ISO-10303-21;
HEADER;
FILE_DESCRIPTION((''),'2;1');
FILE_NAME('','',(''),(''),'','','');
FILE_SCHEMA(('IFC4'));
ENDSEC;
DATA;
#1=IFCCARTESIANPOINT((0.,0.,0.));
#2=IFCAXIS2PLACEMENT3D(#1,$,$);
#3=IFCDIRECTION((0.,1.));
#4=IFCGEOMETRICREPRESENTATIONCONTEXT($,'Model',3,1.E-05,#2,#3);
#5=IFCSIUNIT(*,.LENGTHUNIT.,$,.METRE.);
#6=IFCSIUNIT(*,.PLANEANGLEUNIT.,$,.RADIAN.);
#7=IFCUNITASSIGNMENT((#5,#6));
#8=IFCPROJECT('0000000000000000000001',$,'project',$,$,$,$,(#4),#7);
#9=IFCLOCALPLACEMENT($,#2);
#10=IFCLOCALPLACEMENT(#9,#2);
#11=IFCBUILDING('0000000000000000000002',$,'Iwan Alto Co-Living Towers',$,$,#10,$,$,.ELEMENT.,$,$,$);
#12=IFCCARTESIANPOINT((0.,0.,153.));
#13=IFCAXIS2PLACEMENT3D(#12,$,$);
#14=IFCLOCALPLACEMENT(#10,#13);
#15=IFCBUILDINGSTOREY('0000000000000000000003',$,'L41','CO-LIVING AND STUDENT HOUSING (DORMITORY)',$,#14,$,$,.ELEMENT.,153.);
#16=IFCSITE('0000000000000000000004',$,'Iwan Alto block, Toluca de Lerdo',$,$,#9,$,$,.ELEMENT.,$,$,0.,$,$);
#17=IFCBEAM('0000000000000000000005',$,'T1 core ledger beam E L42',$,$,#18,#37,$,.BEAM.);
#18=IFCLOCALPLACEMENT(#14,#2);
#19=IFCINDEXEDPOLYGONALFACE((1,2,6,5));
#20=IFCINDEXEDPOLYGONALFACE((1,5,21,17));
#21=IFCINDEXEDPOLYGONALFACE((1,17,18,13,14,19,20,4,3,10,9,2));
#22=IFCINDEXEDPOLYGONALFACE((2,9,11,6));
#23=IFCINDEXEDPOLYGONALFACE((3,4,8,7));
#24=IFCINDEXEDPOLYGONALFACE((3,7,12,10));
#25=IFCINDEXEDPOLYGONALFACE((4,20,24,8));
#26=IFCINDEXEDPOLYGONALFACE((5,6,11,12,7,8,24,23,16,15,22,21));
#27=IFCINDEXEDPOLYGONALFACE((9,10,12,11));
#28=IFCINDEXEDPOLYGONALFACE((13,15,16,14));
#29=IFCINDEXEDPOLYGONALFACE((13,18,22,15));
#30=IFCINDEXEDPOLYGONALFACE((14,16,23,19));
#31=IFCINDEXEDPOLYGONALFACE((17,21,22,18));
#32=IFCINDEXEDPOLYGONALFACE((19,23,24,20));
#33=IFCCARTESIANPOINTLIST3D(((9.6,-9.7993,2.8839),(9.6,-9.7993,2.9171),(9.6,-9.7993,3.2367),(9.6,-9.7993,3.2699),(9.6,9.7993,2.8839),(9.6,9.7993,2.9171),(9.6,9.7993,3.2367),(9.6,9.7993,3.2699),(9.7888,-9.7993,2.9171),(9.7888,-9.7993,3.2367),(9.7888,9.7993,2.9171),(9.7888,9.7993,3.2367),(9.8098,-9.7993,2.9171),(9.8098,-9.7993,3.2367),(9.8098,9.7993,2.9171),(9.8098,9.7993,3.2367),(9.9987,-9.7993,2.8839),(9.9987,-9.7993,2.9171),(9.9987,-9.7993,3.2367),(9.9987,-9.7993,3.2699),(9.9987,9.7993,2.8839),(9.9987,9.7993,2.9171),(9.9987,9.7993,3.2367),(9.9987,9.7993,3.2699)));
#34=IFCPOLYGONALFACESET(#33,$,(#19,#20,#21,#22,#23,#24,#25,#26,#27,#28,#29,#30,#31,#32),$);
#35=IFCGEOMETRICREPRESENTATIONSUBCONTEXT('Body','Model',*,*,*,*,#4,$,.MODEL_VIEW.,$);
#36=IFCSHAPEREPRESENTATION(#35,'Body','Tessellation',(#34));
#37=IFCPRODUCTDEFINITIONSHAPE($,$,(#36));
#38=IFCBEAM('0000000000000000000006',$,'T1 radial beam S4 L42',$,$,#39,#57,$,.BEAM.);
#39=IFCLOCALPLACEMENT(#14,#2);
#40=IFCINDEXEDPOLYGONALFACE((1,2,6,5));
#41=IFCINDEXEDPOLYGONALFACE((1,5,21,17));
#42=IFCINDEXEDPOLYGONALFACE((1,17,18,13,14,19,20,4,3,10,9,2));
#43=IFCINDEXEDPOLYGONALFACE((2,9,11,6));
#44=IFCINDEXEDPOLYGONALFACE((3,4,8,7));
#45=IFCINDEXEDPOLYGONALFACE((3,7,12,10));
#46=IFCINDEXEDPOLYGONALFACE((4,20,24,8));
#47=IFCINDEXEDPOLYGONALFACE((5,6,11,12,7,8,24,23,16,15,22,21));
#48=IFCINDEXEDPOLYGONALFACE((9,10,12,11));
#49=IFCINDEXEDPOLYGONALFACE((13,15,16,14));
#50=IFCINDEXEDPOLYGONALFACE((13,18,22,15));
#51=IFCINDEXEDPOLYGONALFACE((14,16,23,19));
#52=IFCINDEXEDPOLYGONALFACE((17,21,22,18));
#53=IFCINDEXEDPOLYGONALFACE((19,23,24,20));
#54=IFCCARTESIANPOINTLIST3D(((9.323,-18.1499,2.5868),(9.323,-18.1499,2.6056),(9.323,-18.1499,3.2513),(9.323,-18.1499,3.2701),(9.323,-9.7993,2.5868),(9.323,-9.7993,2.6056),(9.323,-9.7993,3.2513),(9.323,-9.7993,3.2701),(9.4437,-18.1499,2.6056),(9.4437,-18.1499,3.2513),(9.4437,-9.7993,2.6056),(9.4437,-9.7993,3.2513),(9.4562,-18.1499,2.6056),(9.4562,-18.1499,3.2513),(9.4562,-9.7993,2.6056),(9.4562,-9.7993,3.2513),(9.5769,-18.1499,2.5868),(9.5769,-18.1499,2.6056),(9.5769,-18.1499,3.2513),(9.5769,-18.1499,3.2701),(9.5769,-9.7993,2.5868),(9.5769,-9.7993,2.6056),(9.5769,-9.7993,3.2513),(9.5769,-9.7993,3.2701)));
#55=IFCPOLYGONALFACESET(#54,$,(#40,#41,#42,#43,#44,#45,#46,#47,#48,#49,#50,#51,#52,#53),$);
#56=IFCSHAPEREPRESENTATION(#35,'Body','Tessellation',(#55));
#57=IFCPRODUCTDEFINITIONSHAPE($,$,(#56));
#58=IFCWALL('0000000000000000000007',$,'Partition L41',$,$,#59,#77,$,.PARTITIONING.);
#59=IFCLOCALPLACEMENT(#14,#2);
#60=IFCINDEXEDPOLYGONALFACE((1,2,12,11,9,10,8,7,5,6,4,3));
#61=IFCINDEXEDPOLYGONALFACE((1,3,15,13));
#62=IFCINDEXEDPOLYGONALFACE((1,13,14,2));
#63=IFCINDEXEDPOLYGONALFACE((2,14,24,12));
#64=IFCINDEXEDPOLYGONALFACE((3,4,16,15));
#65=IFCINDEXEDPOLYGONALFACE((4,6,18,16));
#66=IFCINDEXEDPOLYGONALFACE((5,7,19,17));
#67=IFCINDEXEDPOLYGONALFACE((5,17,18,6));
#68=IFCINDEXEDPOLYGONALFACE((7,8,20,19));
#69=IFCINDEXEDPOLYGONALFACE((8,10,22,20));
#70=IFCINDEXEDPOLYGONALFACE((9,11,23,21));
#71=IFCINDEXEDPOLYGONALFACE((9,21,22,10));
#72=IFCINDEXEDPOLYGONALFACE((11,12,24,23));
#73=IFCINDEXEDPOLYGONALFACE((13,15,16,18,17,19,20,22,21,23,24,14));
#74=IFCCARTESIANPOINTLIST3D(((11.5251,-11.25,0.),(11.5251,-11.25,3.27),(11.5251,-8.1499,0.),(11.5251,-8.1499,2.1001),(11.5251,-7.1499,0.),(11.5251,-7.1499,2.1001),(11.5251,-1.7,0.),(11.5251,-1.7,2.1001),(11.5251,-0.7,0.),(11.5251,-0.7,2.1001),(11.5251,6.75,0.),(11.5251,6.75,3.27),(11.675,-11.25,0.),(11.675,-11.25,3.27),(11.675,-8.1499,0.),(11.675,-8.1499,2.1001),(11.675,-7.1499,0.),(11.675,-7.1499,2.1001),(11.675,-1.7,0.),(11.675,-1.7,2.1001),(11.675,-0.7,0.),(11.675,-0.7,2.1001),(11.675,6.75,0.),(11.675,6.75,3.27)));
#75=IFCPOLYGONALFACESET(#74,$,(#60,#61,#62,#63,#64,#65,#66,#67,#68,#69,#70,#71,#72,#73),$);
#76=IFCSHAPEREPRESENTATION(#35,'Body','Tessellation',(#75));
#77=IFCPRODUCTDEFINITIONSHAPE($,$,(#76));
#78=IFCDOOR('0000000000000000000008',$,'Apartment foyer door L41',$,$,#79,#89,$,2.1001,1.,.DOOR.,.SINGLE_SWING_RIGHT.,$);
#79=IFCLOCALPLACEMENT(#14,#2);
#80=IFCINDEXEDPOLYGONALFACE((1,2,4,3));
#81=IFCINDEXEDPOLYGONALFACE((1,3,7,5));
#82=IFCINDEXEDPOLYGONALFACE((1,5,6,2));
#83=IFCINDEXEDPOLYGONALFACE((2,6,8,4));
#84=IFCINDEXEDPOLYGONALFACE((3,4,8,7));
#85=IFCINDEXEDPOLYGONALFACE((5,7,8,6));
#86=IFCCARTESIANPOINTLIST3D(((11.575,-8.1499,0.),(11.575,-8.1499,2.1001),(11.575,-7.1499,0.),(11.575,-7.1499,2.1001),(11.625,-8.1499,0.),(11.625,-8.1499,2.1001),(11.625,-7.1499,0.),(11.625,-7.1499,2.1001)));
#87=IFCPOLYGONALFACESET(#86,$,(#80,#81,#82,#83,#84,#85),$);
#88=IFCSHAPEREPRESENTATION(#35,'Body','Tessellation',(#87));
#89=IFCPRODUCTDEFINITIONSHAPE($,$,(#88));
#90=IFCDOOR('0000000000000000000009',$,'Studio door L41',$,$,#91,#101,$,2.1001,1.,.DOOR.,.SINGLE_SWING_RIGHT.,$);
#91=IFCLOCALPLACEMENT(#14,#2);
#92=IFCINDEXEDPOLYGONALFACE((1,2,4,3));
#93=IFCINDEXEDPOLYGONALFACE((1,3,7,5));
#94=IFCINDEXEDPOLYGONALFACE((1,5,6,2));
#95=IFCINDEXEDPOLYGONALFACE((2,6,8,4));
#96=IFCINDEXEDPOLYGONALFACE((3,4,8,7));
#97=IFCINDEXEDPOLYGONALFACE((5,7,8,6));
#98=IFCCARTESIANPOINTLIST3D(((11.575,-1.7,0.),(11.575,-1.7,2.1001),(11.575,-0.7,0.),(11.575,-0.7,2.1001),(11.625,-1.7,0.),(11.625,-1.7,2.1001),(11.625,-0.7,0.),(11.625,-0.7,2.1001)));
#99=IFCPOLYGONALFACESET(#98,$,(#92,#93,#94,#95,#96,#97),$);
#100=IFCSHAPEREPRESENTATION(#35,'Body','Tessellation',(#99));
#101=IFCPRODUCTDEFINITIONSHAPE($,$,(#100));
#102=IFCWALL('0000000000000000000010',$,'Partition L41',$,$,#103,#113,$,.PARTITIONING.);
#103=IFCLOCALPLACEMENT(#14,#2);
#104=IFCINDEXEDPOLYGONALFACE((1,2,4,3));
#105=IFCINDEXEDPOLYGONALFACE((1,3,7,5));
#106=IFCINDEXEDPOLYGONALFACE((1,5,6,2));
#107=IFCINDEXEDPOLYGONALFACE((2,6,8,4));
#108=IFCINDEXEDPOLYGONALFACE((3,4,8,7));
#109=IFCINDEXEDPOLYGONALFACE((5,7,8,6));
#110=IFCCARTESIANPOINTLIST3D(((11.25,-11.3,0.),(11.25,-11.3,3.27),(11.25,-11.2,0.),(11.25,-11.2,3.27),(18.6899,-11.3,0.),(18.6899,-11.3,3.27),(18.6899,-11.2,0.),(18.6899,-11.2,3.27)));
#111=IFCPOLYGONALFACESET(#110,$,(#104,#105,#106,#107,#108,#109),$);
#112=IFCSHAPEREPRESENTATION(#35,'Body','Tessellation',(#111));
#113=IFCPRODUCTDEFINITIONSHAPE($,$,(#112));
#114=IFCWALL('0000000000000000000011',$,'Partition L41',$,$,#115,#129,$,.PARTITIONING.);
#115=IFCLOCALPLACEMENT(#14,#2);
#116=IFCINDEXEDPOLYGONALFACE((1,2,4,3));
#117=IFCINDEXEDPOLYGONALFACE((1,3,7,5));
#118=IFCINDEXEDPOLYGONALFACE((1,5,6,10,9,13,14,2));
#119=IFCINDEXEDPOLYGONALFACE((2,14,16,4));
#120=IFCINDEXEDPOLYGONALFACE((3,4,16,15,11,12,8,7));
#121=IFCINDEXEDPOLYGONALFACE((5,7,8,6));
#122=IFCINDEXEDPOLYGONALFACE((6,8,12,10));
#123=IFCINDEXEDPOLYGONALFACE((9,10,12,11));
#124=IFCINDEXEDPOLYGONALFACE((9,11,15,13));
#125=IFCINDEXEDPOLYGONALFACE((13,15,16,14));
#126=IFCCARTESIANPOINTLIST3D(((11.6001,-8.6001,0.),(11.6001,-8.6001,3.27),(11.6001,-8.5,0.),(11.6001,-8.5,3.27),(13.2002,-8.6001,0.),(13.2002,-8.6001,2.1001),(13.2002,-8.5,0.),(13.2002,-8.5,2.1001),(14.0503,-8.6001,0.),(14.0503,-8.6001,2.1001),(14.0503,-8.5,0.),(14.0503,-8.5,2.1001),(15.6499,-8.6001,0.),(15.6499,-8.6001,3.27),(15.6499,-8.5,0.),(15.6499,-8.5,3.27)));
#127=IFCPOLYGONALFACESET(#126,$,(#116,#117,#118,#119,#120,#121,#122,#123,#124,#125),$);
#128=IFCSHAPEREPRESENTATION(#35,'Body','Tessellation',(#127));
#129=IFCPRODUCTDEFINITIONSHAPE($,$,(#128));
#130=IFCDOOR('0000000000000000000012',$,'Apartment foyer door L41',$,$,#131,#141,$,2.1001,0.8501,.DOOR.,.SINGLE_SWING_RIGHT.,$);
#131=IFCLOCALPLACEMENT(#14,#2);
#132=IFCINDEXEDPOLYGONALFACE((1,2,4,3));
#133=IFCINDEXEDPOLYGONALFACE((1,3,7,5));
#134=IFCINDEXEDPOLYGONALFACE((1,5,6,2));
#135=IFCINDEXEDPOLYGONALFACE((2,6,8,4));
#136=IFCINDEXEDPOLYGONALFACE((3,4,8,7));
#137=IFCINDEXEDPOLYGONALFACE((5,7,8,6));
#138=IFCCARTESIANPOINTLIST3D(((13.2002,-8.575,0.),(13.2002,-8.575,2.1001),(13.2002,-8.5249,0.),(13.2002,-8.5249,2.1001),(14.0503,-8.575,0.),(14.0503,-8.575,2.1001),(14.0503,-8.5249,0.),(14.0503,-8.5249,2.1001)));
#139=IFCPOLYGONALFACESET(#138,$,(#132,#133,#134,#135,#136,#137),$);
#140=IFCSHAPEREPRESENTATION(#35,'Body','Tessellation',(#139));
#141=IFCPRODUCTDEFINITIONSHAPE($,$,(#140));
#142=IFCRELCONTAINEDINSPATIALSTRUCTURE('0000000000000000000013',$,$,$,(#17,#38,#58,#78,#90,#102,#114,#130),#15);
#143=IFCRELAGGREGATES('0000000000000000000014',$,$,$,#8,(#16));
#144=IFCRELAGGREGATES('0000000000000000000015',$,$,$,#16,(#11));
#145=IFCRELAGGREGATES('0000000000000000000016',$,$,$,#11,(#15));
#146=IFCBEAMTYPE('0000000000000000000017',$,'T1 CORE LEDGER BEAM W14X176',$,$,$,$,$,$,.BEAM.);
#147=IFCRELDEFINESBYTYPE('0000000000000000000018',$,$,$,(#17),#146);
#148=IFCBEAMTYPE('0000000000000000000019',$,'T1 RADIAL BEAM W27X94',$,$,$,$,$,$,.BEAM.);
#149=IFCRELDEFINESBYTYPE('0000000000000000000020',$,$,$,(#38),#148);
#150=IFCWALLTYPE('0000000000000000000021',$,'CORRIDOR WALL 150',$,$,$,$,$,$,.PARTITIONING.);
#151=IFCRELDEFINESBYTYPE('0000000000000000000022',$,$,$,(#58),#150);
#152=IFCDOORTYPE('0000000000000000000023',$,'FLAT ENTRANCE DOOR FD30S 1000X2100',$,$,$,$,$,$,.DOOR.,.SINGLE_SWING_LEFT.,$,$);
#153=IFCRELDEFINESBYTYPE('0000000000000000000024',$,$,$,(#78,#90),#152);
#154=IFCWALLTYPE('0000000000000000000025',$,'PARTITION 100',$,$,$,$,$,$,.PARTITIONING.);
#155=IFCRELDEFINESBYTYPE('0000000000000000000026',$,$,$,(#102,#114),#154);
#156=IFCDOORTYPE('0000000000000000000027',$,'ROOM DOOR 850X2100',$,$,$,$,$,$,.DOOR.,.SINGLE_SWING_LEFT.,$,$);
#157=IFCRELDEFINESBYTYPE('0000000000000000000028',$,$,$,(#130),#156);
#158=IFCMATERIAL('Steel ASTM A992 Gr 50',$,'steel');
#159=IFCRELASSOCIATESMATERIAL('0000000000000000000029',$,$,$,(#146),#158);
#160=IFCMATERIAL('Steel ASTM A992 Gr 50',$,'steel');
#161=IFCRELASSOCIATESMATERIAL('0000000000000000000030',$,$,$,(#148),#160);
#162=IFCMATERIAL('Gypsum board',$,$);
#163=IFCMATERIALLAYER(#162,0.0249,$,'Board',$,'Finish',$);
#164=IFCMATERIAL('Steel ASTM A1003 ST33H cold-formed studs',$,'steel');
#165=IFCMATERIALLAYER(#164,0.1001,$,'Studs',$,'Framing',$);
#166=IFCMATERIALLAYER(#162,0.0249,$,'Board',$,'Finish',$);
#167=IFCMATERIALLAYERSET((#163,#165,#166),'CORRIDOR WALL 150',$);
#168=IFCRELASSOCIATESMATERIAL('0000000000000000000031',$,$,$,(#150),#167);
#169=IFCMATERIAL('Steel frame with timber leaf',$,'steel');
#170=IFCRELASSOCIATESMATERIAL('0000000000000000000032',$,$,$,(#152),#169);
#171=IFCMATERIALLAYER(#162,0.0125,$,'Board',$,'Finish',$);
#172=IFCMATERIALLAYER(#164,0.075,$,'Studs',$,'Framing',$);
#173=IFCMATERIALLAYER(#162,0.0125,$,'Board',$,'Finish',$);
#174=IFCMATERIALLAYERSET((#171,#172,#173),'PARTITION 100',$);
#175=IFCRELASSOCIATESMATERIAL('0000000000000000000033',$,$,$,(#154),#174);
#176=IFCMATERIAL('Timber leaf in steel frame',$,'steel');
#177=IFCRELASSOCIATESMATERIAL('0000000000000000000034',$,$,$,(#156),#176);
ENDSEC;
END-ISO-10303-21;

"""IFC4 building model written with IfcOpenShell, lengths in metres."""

from ifc_helpers import new_model, si_unit, direction, frame, frame_2d, origin, origin_2d, place, context, subcontext, project, spatial, rectangle, i_section, extrude, material, layer, layer_set, material_profile, profile_set, type_object, element, fill, save


model = new_model("IFC4")

# Units and contexts
model_context = context("Model", 3, precision=1e-05, world=origin(), true_north=direction((0.0, 1.0)))
body_context = subcontext(model_context, "Body", "Model", "MODEL_VIEW")
ifc_project = project(units=[si_unit("LENGTHUNIT", "METRE"), si_unit("PLANEANGLEUNIT", "RADIAN")], contexts=[model_context])

# Site, building, storey
site_placement = place(None, origin())
site = spatial("IfcSite", under=ifc_project, at=site_placement, Name="Iwan Alto block, Toluca de Lerdo", CompositionType="ELEMENT", RefElevation=0.0)
building_placement = place(site_placement, origin())
building = spatial("IfcBuilding", under=site, at=building_placement, Name="Iwan Alto Co-Living Towers", CompositionType="ELEMENT")
storey_placement = place(building_placement, frame((0.0, 0.0, 153.0)))
storey = spatial("IfcBuildingStorey", under=building, at=storey_placement, Name="L41", Description="CO-LIVING AND STUDENT HOUSING (DORMITORY)", CompositionType="ELEMENT", Elevation=153.0)

# Beams
ifc_material_1 = material(Name="Steel ASTM A992 Gr 50", Category="steel")
ifc_material_profile_1 = material_profile(ifc_material_1, i_section(OverallWidth=0.3987, OverallDepth=0.386, WebThickness=0.021, FlangeThickness=0.0332, at=origin_2d()), Name="W14X176")
ifc_profile_set_1 = profile_set([ifc_material_profile_1], Name="Steel ASTM A992 Gr 50")
beam_type_1 = type_object("IfcBeamType", Name="T1 CORE LEDGER BEAM W14X176", PredefinedType="BEAM", material=ifc_profile_set_1)
beam_1_placement = place(storey_placement, frame((9.7993, -9.7993, 3.0769), z_axis=(0.0, 1.0, 0.0), x_axis=(-1.0, 0.0, 0.0)))
element("IfcBeam", 1, at=beam_1_placement, inside=storey, type_object=beam_type_1, Name="T1 core ledger beam E L42", PredefinedType="BEAM", context=body_context, shape_type="SweptSolid", body=[
    extrude(i_section(OverallWidth=0.3987, OverallDepth=0.386, WebThickness=0.021, FlangeThickness=0.0332, at=origin_2d()), origin(), (0.0, 0.0, 1.0), 19.5986),
])
ifc_material_2 = material(Name="Steel ASTM A992 Gr 50", Category="steel")
ifc_material_profile_2 = material_profile(ifc_material_2, i_section(OverallWidth=0.2539, OverallDepth=0.6833, WebThickness=0.0125, FlangeThickness=0.0188, at=origin_2d()), Name="W27X94")
ifc_profile_set_2 = profile_set([ifc_material_profile_2], Name="Steel ASTM A992 Gr 50")
beam_type_2 = type_object("IfcBeamType", Name="T1 RADIAL BEAM W27X94", PredefinedType="BEAM", material=ifc_profile_set_2)
beam_2_placement = place(storey_placement, frame((9.45, -18.1499, 2.9285), z_axis=(0.0, 1.0, 0.0), x_axis=(-1.0, 0.0, 0.0)))
element("IfcBeam", 2, at=beam_2_placement, inside=storey, type_object=beam_type_2, Name="T1 radial beam S4 L42", PredefinedType="BEAM", context=body_context, shape_type="SweptSolid", body=[
    extrude(i_section(OverallWidth=0.2539, OverallDepth=0.6833, WebThickness=0.0125, FlangeThickness=0.0188, at=origin_2d()), origin(), (0.0, 0.0, 1.0), 8.3506),
])

# Wall, openings, doors
ifc_material_3 = material(Name="Gypsum board")
ifc_layer_1 = layer(ifc_material_3, 0.0249, Name="Board", Category="Finish")
ifc_material_4 = material(Name="Steel ASTM A1003 ST33H cold-formed studs", Category="steel")
ifc_layer_2 = layer(ifc_material_4, 0.1001, Name="Studs", Category="Framing")
ifc_layer_3 = layer(ifc_material_3, 0.0249, Name="Board", Category="Finish")
ifc_layer_set_1 = layer_set([ifc_layer_1, ifc_layer_2, ifc_layer_3], Name="CORRIDOR WALL 150")
wall_type_1 = type_object("IfcWallType", Name="CORRIDOR WALL 150", PredefinedType="PARTITIONING", material=ifc_layer_set_1)
wall_1_placement = place(storey_placement, frame((11.6001, -11.25, 0.0), z_axis=(0.0, 0.0, 1.0), x_axis=(0.0, 1.0, 0.0)))
wall_1 = element("IfcWall", 3, at=wall_1_placement, inside=storey, type_object=wall_type_1, Name="Partition L41", PredefinedType="PARTITIONING", context=body_context, shape_type="SweptSolid", body=[
    extrude(rectangle(XDim=18.0, YDim=0.1499, at=frame_2d((9.0, 0.0))), origin(), (0.0, 0.0, 1.0), 3.27),
])
opening_1_placement = place(wall_1_placement, frame((3.1001, 0.0, 0.0)))
opening_1 = element("IfcOpeningElement", 4, at=opening_1_placement, cuts=wall_1, PredefinedType="OPENING", context=body_context, shape_type="SweptSolid", body=[
    extrude(rectangle(XDim=1.0, YDim=2.1001, at=frame_2d((0.5, 1.05))), frame((0.0, 0.085, 0.0), z_axis=(0.0, -1.0, 0.0), x_axis=(1.0, 0.0, 0.0)), (0.0, 0.0, 1.0), 0.1699),
])
opening_2_placement = place(wall_1_placement, frame((9.55, 0.0, 0.0)))
opening_2 = element("IfcOpeningElement", 5, at=opening_2_placement, cuts=wall_1, PredefinedType="OPENING", context=body_context, shape_type="SweptSolid", body=[
    extrude(rectangle(XDim=1.0, YDim=2.1001, at=frame_2d((0.5, 1.05))), frame((0.0, 0.085, 0.0), z_axis=(0.0, -1.0, 0.0), x_axis=(1.0, 0.0, 0.0)), (0.0, 0.0, 1.0), 0.1699),
])
ifc_material_5 = material(Name="Steel frame with timber leaf", Category="steel")
door_type_1 = type_object("IfcDoorType", Name="FLAT ENTRANCE DOOR FD30S 1000X2100", OperationType="SINGLE_SWING_LEFT", PredefinedType="DOOR", material=ifc_material_5)
door_1_placement = place(opening_1_placement, frame((1.0, 0.0, 0.0), z_axis=(0.0, 0.0, 1.0), x_axis=(-1.0, 0.0, 0.0)))
door_1 = element("IfcDoor", 6, at=door_1_placement, inside=storey, type_object=door_type_1, Name="Apartment foyer door L41", OperationType="SINGLE_SWING_RIGHT", OverallHeight=2.1001, OverallWidth=1.0, PredefinedType="DOOR", context=body_context, shape_type="SweptSolid", body=[
    extrude(rectangle(XDim=1.0, YDim=2.1001, at=frame_2d((0.5, 1.05))), frame((0.0, 0.0249, 0.0), z_axis=(0.0, -1.0, 0.0), x_axis=(1.0, 0.0, 0.0)), (0.0, 0.0, 1.0), 0.05),
])
fill(opening_1, door_1)
door_2_placement = place(opening_2_placement, frame((1.0, 0.0, 0.0), z_axis=(0.0, 0.0, 1.0), x_axis=(-1.0, 0.0, 0.0)))
door_2 = element("IfcDoor", 7, at=door_2_placement, inside=storey, type_object=door_type_1, Name="Studio door L41", OperationType="SINGLE_SWING_RIGHT", OverallHeight=2.1001, OverallWidth=1.0, PredefinedType="DOOR", context=body_context, shape_type="SweptSolid", body=[
    extrude(rectangle(XDim=1.0, YDim=2.1001, at=frame_2d((0.5, 1.05))), frame((0.0, 0.0249, 0.0), z_axis=(0.0, -1.0, 0.0), x_axis=(1.0, 0.0, 0.0)), (0.0, 0.0, 1.0), 0.05),
])
fill(opening_2, door_2)

# Wall
ifc_layer_4 = layer(ifc_material_3, 0.0125, Name="Board", Category="Finish")
ifc_layer_5 = layer(ifc_material_4, 0.075, Name="Studs", Category="Framing")
ifc_layer_6 = layer(ifc_material_3, 0.0125, Name="Board", Category="Finish")
ifc_layer_set_2 = layer_set([ifc_layer_4, ifc_layer_5, ifc_layer_6], Name="PARTITION 100")
wall_type_2 = type_object("IfcWallType", Name="PARTITION 100", PredefinedType="PARTITIONING", material=ifc_layer_set_2)
wall_2_placement = place(storey_placement, frame((11.25, -11.25, 0.0), z_axis=(0.0, 0.0, 1.0), x_axis=(1.0, 0.0, 0.0)))
element("IfcWall", 8, at=wall_2_placement, inside=storey, type_object=wall_type_2, Name="Partition L41", PredefinedType="PARTITIONING", context=body_context, shape_type="SweptSolid", body=[
    extrude(rectangle(XDim=7.4399, YDim=0.1001, at=frame_2d((3.72, 0.0))), origin(), (0.0, 0.0, 1.0), 3.27),
])

# Wall, opening, door
wall_3_placement = place(storey_placement, frame((11.6001, -8.55, 0.0), z_axis=(0.0, 0.0, 1.0), x_axis=(1.0, 0.0, 0.0)))
wall_3 = element("IfcWall", 9, at=wall_3_placement, inside=storey, type_object=wall_type_2, Name="Partition L41", PredefinedType="PARTITIONING", context=body_context, shape_type="SweptSolid", body=[
    extrude(rectangle(XDim=4.0498, YDim=0.1001, at=frame_2d((2.0249, 0.0))), origin(), (0.0, 0.0, 1.0), 3.27),
])
opening_3_placement = place(wall_3_placement, frame((1.6001, 0.0, 0.0)))
opening_3 = element("IfcOpeningElement", 10, at=opening_3_placement, cuts=wall_3, PredefinedType="OPENING", context=body_context, shape_type="SweptSolid", body=[
    extrude(rectangle(XDim=0.8501, YDim=2.1001, at=frame_2d((0.425, 1.05))), frame((0.0, 0.0601, 0.0), z_axis=(0.0, -1.0, 0.0), x_axis=(1.0, 0.0, 0.0)), (0.0, 0.0, 1.0), 0.1201),
])
ifc_material_6 = material(Name="Timber leaf in steel frame", Category="steel")
door_type_2 = type_object("IfcDoorType", Name="ROOM DOOR 850X2100", OperationType="SINGLE_SWING_LEFT", PredefinedType="DOOR", material=ifc_material_6)
door_3_placement = place(opening_3_placement, frame((0.8501, 0.0, 0.0), z_axis=(0.0, 0.0, 1.0), x_axis=(-1.0, 0.0, 0.0)))
door_3 = element("IfcDoor", 11, at=door_3_placement, inside=storey, type_object=door_type_2, Name="Apartment foyer door L41", OperationType="SINGLE_SWING_RIGHT", OverallHeight=2.1001, OverallWidth=0.8501, PredefinedType="DOOR", context=body_context, shape_type="SweptSolid", body=[
    extrude(rectangle(XDim=0.8501, YDim=2.1001, at=frame_2d((0.425, 1.05))), frame((0.0, 0.0249, 0.0), z_axis=(0.0, -1.0, 0.0), x_axis=(1.0, 0.0, 0.0)), (0.0, 0.0, 1.0), 0.05),
])
fill(opening_3, door_3)

save(model, "model.ifc")
